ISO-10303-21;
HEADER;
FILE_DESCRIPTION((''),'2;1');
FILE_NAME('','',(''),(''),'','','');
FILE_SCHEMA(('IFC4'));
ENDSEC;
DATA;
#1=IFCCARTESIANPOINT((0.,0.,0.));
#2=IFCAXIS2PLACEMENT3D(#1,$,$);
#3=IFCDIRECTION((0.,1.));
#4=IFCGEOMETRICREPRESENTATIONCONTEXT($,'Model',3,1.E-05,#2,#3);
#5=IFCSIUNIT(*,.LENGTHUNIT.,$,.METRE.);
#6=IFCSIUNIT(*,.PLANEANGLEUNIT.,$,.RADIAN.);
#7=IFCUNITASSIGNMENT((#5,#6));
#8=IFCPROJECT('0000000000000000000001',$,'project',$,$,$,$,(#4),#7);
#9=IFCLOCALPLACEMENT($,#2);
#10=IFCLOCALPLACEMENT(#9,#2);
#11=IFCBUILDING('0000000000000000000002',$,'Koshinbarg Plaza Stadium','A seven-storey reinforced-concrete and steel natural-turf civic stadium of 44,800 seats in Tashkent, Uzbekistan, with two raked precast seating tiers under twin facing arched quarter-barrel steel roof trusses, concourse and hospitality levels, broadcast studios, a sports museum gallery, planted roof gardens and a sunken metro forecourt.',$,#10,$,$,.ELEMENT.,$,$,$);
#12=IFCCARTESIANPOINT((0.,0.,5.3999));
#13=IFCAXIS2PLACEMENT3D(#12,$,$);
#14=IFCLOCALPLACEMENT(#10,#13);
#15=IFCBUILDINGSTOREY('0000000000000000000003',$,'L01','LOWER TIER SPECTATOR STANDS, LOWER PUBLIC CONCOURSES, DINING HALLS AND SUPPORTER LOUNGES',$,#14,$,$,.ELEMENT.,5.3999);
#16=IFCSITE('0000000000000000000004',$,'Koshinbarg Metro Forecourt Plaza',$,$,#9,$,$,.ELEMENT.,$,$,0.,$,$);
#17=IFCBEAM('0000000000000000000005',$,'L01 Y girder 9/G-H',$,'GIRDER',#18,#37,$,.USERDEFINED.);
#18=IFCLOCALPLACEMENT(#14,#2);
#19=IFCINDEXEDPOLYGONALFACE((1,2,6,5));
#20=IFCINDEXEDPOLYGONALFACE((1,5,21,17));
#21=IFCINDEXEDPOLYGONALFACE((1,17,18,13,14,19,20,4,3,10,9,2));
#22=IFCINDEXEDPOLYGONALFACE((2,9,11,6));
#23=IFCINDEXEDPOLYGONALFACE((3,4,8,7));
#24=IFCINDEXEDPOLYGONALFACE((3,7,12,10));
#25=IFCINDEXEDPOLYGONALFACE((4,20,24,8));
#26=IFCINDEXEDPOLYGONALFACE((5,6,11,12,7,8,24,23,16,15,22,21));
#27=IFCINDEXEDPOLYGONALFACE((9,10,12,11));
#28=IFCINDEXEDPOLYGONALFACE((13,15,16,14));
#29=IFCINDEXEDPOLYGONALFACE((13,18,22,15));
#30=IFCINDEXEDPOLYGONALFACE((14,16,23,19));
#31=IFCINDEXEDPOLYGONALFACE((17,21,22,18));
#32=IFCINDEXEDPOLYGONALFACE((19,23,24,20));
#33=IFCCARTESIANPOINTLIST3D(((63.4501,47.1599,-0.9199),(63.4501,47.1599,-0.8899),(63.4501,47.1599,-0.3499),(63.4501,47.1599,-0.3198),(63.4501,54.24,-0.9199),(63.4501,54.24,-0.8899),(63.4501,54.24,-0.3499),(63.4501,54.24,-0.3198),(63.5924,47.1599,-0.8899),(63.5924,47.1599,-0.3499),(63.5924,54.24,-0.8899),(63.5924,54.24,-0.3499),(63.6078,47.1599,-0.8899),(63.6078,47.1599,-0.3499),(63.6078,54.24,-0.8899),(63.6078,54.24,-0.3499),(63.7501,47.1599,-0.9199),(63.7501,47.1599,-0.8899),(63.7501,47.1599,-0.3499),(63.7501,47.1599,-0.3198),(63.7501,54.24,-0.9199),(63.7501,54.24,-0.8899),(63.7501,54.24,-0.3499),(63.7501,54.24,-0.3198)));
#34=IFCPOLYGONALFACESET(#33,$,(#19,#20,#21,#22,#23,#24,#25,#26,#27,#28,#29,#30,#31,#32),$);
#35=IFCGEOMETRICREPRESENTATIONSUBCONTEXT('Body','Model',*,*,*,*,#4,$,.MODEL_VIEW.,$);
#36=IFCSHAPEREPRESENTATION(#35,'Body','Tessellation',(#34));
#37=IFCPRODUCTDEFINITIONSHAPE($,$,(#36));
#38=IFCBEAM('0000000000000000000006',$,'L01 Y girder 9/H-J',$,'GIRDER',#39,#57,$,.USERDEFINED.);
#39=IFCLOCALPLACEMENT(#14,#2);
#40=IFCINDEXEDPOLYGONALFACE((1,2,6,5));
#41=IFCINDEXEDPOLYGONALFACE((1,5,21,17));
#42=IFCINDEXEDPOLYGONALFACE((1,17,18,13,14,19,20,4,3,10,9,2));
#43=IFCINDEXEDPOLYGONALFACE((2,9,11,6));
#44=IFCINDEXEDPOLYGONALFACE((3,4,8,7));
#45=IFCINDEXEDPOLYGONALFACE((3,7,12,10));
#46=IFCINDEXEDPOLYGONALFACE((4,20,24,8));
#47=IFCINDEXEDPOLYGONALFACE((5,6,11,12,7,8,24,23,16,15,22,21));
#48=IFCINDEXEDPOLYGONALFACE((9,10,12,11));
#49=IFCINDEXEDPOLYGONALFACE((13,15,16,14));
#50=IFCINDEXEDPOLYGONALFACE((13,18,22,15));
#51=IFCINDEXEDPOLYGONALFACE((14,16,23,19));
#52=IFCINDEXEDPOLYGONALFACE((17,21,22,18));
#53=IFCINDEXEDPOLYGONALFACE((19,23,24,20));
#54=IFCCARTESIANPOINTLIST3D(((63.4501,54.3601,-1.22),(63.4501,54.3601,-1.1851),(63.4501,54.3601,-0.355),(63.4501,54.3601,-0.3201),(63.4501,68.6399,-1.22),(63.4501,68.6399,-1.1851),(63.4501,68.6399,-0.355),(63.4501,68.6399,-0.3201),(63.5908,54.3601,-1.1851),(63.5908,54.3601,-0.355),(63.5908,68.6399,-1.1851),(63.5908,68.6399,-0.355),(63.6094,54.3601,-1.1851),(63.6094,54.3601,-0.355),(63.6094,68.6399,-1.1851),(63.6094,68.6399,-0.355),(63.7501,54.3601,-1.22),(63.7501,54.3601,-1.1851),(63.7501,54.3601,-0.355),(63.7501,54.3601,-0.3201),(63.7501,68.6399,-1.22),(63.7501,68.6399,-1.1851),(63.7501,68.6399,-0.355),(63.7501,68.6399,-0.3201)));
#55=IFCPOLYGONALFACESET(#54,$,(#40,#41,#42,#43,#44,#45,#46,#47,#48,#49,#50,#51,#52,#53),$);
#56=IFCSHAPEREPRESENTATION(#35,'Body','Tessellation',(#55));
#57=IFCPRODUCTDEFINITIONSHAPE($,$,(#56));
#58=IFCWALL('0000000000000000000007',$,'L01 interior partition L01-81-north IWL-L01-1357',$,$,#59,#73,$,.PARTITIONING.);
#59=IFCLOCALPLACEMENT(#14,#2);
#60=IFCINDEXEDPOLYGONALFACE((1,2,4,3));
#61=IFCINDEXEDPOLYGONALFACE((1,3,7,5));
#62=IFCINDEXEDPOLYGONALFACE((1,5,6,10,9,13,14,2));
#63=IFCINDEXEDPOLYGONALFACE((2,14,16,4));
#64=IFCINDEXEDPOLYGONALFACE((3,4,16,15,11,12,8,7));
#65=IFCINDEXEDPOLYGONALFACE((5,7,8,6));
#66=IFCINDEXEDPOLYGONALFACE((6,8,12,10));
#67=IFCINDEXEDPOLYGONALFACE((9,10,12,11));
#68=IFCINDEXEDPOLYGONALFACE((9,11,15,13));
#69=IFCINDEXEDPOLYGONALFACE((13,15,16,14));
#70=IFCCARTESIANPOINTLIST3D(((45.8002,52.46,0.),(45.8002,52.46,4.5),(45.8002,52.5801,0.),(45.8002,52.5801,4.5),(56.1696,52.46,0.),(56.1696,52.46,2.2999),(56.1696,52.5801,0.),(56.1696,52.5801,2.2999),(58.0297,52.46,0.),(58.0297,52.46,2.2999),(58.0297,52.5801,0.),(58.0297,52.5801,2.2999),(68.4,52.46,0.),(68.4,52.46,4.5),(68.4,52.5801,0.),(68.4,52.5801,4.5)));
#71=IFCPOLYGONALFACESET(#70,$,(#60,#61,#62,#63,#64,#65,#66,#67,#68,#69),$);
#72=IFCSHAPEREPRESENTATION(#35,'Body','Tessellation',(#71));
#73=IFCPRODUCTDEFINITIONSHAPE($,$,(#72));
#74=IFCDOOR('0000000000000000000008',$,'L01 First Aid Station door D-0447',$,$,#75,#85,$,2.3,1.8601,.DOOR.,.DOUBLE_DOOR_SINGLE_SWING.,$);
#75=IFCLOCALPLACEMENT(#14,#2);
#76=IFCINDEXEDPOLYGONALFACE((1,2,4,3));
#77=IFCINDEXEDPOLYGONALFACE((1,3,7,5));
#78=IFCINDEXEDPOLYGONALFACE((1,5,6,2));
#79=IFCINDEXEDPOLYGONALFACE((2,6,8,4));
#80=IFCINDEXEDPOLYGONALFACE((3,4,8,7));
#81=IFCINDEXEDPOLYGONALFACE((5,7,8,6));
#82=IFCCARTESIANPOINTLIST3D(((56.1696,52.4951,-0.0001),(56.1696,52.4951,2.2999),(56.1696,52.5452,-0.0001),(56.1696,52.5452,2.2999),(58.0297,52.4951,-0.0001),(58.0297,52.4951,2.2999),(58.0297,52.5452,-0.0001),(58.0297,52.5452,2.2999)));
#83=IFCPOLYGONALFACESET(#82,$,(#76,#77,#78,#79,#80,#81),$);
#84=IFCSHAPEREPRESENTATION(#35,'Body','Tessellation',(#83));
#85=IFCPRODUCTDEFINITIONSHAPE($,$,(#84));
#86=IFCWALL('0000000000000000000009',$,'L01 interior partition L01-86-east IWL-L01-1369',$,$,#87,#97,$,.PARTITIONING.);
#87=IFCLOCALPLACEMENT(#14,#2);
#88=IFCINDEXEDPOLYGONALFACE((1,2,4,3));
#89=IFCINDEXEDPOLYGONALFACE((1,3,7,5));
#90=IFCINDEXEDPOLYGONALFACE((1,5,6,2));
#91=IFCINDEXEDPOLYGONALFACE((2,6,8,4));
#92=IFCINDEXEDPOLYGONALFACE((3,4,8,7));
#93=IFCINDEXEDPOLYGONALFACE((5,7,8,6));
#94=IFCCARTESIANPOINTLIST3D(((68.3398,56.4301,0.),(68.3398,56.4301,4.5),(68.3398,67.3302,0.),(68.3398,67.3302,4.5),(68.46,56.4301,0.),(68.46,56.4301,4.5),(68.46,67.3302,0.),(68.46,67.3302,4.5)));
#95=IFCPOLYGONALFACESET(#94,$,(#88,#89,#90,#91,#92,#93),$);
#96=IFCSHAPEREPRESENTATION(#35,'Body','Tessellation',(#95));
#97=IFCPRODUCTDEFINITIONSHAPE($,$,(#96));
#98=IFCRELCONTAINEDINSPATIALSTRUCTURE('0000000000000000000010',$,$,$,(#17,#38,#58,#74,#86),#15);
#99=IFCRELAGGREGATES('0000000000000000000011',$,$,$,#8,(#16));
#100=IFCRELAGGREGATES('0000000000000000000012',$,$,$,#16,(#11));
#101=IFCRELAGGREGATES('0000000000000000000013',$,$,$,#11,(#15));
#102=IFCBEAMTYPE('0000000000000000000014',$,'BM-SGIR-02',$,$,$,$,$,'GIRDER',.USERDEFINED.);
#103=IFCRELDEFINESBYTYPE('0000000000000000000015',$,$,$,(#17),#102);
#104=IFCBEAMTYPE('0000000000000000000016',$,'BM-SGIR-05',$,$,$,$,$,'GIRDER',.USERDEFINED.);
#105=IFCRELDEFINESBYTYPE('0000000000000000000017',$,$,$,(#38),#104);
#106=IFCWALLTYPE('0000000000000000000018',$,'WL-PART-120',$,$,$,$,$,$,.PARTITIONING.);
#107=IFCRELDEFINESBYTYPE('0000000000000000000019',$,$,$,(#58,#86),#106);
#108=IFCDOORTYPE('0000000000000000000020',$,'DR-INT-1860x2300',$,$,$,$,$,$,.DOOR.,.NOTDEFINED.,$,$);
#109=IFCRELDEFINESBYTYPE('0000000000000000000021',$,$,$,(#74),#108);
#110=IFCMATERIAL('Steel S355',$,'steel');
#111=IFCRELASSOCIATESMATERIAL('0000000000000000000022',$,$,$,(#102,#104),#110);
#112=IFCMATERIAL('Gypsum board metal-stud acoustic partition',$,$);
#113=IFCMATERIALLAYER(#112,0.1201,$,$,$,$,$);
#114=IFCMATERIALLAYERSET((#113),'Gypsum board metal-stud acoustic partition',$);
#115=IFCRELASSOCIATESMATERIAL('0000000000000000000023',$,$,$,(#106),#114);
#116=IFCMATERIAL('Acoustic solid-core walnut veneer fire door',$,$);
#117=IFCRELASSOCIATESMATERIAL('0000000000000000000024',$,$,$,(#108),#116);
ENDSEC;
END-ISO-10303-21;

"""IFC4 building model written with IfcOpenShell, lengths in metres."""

from ifc_helpers import new_model, si_unit, direction, frame, frame_2d, origin, origin_2d, place, context, subcontext, project, spatial, rectangle, i_section, extrude, material, layer, layer_set, material_profile, profile_set, type_object, element, fill, save


model = new_model("IFC4")

# Units and contexts
model_context = context("Model", 3, precision=1e-05, world=origin(), true_north=direction((0.0, 1.0)))
body_context = subcontext(model_context, "Body", "Model", "MODEL_VIEW")
ifc_project = project(units=[si_unit("LENGTHUNIT", "METRE"), si_unit("PLANEANGLEUNIT", "RADIAN")], contexts=[model_context])

# Site, building, storey
site_placement = place(None, origin())
site = spatial("IfcSite", under=ifc_project, at=site_placement, Name="Koshinbarg Metro Forecourt Plaza", CompositionType="ELEMENT", RefElevation=0.0)
building_placement = place(site_placement, origin())
building = spatial("IfcBuilding", under=site, at=building_placement, Name="Koshinbarg Plaza Stadium", Description="A seven-storey reinforced-concrete and steel natural-turf civic stadium of 44,800 seats in Tashkent, Uzbekistan, with two raked precast seating tiers under twin facing arched quarter-barrel steel roof trusses, concourse and hospitality levels, broadcast studios, a sports museum gallery, planted roof gardens and a sunken metro forecourt.", CompositionType="ELEMENT")
storey_placement = place(building_placement, frame((0.0, 0.0, 5.3999)))
storey = spatial("IfcBuildingStorey", under=building, at=storey_placement, Name="L01", Description="LOWER TIER SPECTATOR STANDS, LOWER PUBLIC CONCOURSES, DINING HALLS AND SUPPORTER LOUNGES", CompositionType="ELEMENT", Elevation=5.3999)

# Beams
ifc_material_1 = material(Name="Steel S355", Category="steel")
ifc_material_profile_1 = material_profile(ifc_material_1, i_section(OverallWidth=0.3, OverallDepth=0.6001, WebThickness=0.0154, FlangeThickness=0.03, at=origin_2d()), Name="HEB 600")
ifc_profile_set_1 = profile_set([ifc_material_profile_1], Name="Steel S355")
beam_type_1 = type_object("IfcBeamType", Name="BM-SGIR-02", ElementType="GIRDER", PredefinedType="USERDEFINED", material=ifc_profile_set_1)
beam_1_placement = place(storey_placement, frame((63.6001, 47.1599, -0.6199), z_axis=(0.0, 1.0, 0.0), x_axis=(-1.0, 0.0, 0.0)))
element("IfcBeam", 1, at=beam_1_placement, inside=storey, type_object=beam_type_1, Name="L01 Y girder 9/G-H", ObjectType="GIRDER", PredefinedType="USERDEFINED", context=body_context, shape_type="SweptSolid", body=[
    extrude(i_section(OverallWidth=0.3, OverallDepth=0.6001, WebThickness=0.0154, FlangeThickness=0.03, at=origin_2d()), origin(), (0.0, 0.0, 1.0), 7.0801),
])
ifc_material_profile_2 = material_profile(ifc_material_1, i_section(OverallWidth=0.3, OverallDepth=0.8999, WebThickness=0.0186, FlangeThickness=0.0349, at=origin_2d()), Name="HEB 900")
ifc_profile_set_2 = profile_set([ifc_material_profile_2], Name="Steel S355")
beam_type_2 = type_object("IfcBeamType", Name="BM-SGIR-05", ElementType="GIRDER", PredefinedType="USERDEFINED", material=ifc_profile_set_2)
beam_2_placement = place(storey_placement, frame((63.6001, 54.3601, -0.77), z_axis=(0.0, 1.0, 0.0), x_axis=(-1.0, 0.0, 0.0)))
element("IfcBeam", 2, at=beam_2_placement, inside=storey, type_object=beam_type_2, Name="L01 Y girder 9/H-J", ObjectType="GIRDER", PredefinedType="USERDEFINED", context=body_context, shape_type="SweptSolid", body=[
    extrude(i_section(OverallWidth=0.3, OverallDepth=0.8999, WebThickness=0.0186, FlangeThickness=0.0349, at=origin_2d()), origin(), (0.0, 0.0, 1.0), 14.2798),
])

# Wall, opening, door
ifc_material_2 = material(Name="Gypsum board metal-stud acoustic partition")
ifc_layer = layer(ifc_material_2, 0.1201)
ifc_layer_set = layer_set([ifc_layer], Name="Gypsum board metal-stud acoustic partition")
wall_type = type_object("IfcWallType", Name="WL-PART-120", PredefinedType="PARTITIONING", material=ifc_layer_set)
wall_1_placement = place(storey_placement, frame((68.3999, 52.52, 0.0), z_axis=(0.0, 0.0, 1.0), x_axis=(-1.0, 0.0, 0.0)))
wall_1 = element("IfcWall", 3, at=wall_1_placement, inside=storey, type_object=wall_type, Name="L01 interior partition L01-81-north IWL-L01-1357", PredefinedType="PARTITIONING", context=body_context, shape_type="SweptSolid", body=[
    extrude(rectangle(XDim=22.5999, YDim=0.1201, at=frame_2d((11.2998, 0.0))), origin(), (0.0, 0.0, 1.0), 4.5),
])
opening_placement = place(wall_1_placement, frame((10.3701, 0.0, 0.0)))
opening = element("IfcOpeningElement", 4, at=opening_placement, cuts=wall_1, PredefinedType="OPENING", context=body_context, shape_type="SweptSolid", body=[
    extrude(rectangle(XDim=1.8601, YDim=2.3, at=frame_2d((0.9302, 1.1499))), frame((0.0, 0.0701, 0.0), z_axis=(0.0, -1.0, 0.0), x_axis=(1.0, 0.0, 0.0)), (0.0, 0.0, 1.0), 0.1401),
])
ifc_material_3 = material(Name="Acoustic solid-core walnut veneer fire door")
door_type = type_object("IfcDoorType", Name="DR-INT-1860x2300", OperationType="NOTDEFINED", PredefinedType="DOOR", material=ifc_material_3)
door_placement = place(opening_placement, origin())
door = element("IfcDoor", 5, at=door_placement, inside=storey, type_object=door_type, Name="L01 First Aid Station door D-0447", OperationType="DOUBLE_DOOR_SINGLE_SWING", OverallHeight=2.3, OverallWidth=1.8601, PredefinedType="DOOR", context=body_context, shape_type="SweptSolid", body=[
    extrude(rectangle(XDim=1.8601, YDim=2.3, at=frame_2d((0.9302, 1.1499))), frame((0.0, 0.0249, 0.0), z_axis=(0.0, -1.0, 0.0), x_axis=(1.0, 0.0, 0.0)), (0.0, 0.0, 1.0), 0.05),
])
fill(opening, door)

# Wall
wall_2_placement = place(storey_placement, frame((68.3999, 56.4299, 0.0), z_axis=(0.0, 0.0, 1.0), x_axis=(0.0, 1.0, 0.0)))
element("IfcWall", 6, at=wall_2_placement, inside=storey, type_object=wall_type, Name="L01 interior partition L01-86-east IWL-L01-1369", PredefinedType="PARTITIONING", context=body_context, shape_type="SweptSolid", body=[
    extrude(rectangle(XDim=10.9001, YDim=0.1201, at=frame_2d((5.4502, 0.0))), origin(), (0.0, 0.0, 1.0), 4.5),
])

save(model, "model.ifc")
